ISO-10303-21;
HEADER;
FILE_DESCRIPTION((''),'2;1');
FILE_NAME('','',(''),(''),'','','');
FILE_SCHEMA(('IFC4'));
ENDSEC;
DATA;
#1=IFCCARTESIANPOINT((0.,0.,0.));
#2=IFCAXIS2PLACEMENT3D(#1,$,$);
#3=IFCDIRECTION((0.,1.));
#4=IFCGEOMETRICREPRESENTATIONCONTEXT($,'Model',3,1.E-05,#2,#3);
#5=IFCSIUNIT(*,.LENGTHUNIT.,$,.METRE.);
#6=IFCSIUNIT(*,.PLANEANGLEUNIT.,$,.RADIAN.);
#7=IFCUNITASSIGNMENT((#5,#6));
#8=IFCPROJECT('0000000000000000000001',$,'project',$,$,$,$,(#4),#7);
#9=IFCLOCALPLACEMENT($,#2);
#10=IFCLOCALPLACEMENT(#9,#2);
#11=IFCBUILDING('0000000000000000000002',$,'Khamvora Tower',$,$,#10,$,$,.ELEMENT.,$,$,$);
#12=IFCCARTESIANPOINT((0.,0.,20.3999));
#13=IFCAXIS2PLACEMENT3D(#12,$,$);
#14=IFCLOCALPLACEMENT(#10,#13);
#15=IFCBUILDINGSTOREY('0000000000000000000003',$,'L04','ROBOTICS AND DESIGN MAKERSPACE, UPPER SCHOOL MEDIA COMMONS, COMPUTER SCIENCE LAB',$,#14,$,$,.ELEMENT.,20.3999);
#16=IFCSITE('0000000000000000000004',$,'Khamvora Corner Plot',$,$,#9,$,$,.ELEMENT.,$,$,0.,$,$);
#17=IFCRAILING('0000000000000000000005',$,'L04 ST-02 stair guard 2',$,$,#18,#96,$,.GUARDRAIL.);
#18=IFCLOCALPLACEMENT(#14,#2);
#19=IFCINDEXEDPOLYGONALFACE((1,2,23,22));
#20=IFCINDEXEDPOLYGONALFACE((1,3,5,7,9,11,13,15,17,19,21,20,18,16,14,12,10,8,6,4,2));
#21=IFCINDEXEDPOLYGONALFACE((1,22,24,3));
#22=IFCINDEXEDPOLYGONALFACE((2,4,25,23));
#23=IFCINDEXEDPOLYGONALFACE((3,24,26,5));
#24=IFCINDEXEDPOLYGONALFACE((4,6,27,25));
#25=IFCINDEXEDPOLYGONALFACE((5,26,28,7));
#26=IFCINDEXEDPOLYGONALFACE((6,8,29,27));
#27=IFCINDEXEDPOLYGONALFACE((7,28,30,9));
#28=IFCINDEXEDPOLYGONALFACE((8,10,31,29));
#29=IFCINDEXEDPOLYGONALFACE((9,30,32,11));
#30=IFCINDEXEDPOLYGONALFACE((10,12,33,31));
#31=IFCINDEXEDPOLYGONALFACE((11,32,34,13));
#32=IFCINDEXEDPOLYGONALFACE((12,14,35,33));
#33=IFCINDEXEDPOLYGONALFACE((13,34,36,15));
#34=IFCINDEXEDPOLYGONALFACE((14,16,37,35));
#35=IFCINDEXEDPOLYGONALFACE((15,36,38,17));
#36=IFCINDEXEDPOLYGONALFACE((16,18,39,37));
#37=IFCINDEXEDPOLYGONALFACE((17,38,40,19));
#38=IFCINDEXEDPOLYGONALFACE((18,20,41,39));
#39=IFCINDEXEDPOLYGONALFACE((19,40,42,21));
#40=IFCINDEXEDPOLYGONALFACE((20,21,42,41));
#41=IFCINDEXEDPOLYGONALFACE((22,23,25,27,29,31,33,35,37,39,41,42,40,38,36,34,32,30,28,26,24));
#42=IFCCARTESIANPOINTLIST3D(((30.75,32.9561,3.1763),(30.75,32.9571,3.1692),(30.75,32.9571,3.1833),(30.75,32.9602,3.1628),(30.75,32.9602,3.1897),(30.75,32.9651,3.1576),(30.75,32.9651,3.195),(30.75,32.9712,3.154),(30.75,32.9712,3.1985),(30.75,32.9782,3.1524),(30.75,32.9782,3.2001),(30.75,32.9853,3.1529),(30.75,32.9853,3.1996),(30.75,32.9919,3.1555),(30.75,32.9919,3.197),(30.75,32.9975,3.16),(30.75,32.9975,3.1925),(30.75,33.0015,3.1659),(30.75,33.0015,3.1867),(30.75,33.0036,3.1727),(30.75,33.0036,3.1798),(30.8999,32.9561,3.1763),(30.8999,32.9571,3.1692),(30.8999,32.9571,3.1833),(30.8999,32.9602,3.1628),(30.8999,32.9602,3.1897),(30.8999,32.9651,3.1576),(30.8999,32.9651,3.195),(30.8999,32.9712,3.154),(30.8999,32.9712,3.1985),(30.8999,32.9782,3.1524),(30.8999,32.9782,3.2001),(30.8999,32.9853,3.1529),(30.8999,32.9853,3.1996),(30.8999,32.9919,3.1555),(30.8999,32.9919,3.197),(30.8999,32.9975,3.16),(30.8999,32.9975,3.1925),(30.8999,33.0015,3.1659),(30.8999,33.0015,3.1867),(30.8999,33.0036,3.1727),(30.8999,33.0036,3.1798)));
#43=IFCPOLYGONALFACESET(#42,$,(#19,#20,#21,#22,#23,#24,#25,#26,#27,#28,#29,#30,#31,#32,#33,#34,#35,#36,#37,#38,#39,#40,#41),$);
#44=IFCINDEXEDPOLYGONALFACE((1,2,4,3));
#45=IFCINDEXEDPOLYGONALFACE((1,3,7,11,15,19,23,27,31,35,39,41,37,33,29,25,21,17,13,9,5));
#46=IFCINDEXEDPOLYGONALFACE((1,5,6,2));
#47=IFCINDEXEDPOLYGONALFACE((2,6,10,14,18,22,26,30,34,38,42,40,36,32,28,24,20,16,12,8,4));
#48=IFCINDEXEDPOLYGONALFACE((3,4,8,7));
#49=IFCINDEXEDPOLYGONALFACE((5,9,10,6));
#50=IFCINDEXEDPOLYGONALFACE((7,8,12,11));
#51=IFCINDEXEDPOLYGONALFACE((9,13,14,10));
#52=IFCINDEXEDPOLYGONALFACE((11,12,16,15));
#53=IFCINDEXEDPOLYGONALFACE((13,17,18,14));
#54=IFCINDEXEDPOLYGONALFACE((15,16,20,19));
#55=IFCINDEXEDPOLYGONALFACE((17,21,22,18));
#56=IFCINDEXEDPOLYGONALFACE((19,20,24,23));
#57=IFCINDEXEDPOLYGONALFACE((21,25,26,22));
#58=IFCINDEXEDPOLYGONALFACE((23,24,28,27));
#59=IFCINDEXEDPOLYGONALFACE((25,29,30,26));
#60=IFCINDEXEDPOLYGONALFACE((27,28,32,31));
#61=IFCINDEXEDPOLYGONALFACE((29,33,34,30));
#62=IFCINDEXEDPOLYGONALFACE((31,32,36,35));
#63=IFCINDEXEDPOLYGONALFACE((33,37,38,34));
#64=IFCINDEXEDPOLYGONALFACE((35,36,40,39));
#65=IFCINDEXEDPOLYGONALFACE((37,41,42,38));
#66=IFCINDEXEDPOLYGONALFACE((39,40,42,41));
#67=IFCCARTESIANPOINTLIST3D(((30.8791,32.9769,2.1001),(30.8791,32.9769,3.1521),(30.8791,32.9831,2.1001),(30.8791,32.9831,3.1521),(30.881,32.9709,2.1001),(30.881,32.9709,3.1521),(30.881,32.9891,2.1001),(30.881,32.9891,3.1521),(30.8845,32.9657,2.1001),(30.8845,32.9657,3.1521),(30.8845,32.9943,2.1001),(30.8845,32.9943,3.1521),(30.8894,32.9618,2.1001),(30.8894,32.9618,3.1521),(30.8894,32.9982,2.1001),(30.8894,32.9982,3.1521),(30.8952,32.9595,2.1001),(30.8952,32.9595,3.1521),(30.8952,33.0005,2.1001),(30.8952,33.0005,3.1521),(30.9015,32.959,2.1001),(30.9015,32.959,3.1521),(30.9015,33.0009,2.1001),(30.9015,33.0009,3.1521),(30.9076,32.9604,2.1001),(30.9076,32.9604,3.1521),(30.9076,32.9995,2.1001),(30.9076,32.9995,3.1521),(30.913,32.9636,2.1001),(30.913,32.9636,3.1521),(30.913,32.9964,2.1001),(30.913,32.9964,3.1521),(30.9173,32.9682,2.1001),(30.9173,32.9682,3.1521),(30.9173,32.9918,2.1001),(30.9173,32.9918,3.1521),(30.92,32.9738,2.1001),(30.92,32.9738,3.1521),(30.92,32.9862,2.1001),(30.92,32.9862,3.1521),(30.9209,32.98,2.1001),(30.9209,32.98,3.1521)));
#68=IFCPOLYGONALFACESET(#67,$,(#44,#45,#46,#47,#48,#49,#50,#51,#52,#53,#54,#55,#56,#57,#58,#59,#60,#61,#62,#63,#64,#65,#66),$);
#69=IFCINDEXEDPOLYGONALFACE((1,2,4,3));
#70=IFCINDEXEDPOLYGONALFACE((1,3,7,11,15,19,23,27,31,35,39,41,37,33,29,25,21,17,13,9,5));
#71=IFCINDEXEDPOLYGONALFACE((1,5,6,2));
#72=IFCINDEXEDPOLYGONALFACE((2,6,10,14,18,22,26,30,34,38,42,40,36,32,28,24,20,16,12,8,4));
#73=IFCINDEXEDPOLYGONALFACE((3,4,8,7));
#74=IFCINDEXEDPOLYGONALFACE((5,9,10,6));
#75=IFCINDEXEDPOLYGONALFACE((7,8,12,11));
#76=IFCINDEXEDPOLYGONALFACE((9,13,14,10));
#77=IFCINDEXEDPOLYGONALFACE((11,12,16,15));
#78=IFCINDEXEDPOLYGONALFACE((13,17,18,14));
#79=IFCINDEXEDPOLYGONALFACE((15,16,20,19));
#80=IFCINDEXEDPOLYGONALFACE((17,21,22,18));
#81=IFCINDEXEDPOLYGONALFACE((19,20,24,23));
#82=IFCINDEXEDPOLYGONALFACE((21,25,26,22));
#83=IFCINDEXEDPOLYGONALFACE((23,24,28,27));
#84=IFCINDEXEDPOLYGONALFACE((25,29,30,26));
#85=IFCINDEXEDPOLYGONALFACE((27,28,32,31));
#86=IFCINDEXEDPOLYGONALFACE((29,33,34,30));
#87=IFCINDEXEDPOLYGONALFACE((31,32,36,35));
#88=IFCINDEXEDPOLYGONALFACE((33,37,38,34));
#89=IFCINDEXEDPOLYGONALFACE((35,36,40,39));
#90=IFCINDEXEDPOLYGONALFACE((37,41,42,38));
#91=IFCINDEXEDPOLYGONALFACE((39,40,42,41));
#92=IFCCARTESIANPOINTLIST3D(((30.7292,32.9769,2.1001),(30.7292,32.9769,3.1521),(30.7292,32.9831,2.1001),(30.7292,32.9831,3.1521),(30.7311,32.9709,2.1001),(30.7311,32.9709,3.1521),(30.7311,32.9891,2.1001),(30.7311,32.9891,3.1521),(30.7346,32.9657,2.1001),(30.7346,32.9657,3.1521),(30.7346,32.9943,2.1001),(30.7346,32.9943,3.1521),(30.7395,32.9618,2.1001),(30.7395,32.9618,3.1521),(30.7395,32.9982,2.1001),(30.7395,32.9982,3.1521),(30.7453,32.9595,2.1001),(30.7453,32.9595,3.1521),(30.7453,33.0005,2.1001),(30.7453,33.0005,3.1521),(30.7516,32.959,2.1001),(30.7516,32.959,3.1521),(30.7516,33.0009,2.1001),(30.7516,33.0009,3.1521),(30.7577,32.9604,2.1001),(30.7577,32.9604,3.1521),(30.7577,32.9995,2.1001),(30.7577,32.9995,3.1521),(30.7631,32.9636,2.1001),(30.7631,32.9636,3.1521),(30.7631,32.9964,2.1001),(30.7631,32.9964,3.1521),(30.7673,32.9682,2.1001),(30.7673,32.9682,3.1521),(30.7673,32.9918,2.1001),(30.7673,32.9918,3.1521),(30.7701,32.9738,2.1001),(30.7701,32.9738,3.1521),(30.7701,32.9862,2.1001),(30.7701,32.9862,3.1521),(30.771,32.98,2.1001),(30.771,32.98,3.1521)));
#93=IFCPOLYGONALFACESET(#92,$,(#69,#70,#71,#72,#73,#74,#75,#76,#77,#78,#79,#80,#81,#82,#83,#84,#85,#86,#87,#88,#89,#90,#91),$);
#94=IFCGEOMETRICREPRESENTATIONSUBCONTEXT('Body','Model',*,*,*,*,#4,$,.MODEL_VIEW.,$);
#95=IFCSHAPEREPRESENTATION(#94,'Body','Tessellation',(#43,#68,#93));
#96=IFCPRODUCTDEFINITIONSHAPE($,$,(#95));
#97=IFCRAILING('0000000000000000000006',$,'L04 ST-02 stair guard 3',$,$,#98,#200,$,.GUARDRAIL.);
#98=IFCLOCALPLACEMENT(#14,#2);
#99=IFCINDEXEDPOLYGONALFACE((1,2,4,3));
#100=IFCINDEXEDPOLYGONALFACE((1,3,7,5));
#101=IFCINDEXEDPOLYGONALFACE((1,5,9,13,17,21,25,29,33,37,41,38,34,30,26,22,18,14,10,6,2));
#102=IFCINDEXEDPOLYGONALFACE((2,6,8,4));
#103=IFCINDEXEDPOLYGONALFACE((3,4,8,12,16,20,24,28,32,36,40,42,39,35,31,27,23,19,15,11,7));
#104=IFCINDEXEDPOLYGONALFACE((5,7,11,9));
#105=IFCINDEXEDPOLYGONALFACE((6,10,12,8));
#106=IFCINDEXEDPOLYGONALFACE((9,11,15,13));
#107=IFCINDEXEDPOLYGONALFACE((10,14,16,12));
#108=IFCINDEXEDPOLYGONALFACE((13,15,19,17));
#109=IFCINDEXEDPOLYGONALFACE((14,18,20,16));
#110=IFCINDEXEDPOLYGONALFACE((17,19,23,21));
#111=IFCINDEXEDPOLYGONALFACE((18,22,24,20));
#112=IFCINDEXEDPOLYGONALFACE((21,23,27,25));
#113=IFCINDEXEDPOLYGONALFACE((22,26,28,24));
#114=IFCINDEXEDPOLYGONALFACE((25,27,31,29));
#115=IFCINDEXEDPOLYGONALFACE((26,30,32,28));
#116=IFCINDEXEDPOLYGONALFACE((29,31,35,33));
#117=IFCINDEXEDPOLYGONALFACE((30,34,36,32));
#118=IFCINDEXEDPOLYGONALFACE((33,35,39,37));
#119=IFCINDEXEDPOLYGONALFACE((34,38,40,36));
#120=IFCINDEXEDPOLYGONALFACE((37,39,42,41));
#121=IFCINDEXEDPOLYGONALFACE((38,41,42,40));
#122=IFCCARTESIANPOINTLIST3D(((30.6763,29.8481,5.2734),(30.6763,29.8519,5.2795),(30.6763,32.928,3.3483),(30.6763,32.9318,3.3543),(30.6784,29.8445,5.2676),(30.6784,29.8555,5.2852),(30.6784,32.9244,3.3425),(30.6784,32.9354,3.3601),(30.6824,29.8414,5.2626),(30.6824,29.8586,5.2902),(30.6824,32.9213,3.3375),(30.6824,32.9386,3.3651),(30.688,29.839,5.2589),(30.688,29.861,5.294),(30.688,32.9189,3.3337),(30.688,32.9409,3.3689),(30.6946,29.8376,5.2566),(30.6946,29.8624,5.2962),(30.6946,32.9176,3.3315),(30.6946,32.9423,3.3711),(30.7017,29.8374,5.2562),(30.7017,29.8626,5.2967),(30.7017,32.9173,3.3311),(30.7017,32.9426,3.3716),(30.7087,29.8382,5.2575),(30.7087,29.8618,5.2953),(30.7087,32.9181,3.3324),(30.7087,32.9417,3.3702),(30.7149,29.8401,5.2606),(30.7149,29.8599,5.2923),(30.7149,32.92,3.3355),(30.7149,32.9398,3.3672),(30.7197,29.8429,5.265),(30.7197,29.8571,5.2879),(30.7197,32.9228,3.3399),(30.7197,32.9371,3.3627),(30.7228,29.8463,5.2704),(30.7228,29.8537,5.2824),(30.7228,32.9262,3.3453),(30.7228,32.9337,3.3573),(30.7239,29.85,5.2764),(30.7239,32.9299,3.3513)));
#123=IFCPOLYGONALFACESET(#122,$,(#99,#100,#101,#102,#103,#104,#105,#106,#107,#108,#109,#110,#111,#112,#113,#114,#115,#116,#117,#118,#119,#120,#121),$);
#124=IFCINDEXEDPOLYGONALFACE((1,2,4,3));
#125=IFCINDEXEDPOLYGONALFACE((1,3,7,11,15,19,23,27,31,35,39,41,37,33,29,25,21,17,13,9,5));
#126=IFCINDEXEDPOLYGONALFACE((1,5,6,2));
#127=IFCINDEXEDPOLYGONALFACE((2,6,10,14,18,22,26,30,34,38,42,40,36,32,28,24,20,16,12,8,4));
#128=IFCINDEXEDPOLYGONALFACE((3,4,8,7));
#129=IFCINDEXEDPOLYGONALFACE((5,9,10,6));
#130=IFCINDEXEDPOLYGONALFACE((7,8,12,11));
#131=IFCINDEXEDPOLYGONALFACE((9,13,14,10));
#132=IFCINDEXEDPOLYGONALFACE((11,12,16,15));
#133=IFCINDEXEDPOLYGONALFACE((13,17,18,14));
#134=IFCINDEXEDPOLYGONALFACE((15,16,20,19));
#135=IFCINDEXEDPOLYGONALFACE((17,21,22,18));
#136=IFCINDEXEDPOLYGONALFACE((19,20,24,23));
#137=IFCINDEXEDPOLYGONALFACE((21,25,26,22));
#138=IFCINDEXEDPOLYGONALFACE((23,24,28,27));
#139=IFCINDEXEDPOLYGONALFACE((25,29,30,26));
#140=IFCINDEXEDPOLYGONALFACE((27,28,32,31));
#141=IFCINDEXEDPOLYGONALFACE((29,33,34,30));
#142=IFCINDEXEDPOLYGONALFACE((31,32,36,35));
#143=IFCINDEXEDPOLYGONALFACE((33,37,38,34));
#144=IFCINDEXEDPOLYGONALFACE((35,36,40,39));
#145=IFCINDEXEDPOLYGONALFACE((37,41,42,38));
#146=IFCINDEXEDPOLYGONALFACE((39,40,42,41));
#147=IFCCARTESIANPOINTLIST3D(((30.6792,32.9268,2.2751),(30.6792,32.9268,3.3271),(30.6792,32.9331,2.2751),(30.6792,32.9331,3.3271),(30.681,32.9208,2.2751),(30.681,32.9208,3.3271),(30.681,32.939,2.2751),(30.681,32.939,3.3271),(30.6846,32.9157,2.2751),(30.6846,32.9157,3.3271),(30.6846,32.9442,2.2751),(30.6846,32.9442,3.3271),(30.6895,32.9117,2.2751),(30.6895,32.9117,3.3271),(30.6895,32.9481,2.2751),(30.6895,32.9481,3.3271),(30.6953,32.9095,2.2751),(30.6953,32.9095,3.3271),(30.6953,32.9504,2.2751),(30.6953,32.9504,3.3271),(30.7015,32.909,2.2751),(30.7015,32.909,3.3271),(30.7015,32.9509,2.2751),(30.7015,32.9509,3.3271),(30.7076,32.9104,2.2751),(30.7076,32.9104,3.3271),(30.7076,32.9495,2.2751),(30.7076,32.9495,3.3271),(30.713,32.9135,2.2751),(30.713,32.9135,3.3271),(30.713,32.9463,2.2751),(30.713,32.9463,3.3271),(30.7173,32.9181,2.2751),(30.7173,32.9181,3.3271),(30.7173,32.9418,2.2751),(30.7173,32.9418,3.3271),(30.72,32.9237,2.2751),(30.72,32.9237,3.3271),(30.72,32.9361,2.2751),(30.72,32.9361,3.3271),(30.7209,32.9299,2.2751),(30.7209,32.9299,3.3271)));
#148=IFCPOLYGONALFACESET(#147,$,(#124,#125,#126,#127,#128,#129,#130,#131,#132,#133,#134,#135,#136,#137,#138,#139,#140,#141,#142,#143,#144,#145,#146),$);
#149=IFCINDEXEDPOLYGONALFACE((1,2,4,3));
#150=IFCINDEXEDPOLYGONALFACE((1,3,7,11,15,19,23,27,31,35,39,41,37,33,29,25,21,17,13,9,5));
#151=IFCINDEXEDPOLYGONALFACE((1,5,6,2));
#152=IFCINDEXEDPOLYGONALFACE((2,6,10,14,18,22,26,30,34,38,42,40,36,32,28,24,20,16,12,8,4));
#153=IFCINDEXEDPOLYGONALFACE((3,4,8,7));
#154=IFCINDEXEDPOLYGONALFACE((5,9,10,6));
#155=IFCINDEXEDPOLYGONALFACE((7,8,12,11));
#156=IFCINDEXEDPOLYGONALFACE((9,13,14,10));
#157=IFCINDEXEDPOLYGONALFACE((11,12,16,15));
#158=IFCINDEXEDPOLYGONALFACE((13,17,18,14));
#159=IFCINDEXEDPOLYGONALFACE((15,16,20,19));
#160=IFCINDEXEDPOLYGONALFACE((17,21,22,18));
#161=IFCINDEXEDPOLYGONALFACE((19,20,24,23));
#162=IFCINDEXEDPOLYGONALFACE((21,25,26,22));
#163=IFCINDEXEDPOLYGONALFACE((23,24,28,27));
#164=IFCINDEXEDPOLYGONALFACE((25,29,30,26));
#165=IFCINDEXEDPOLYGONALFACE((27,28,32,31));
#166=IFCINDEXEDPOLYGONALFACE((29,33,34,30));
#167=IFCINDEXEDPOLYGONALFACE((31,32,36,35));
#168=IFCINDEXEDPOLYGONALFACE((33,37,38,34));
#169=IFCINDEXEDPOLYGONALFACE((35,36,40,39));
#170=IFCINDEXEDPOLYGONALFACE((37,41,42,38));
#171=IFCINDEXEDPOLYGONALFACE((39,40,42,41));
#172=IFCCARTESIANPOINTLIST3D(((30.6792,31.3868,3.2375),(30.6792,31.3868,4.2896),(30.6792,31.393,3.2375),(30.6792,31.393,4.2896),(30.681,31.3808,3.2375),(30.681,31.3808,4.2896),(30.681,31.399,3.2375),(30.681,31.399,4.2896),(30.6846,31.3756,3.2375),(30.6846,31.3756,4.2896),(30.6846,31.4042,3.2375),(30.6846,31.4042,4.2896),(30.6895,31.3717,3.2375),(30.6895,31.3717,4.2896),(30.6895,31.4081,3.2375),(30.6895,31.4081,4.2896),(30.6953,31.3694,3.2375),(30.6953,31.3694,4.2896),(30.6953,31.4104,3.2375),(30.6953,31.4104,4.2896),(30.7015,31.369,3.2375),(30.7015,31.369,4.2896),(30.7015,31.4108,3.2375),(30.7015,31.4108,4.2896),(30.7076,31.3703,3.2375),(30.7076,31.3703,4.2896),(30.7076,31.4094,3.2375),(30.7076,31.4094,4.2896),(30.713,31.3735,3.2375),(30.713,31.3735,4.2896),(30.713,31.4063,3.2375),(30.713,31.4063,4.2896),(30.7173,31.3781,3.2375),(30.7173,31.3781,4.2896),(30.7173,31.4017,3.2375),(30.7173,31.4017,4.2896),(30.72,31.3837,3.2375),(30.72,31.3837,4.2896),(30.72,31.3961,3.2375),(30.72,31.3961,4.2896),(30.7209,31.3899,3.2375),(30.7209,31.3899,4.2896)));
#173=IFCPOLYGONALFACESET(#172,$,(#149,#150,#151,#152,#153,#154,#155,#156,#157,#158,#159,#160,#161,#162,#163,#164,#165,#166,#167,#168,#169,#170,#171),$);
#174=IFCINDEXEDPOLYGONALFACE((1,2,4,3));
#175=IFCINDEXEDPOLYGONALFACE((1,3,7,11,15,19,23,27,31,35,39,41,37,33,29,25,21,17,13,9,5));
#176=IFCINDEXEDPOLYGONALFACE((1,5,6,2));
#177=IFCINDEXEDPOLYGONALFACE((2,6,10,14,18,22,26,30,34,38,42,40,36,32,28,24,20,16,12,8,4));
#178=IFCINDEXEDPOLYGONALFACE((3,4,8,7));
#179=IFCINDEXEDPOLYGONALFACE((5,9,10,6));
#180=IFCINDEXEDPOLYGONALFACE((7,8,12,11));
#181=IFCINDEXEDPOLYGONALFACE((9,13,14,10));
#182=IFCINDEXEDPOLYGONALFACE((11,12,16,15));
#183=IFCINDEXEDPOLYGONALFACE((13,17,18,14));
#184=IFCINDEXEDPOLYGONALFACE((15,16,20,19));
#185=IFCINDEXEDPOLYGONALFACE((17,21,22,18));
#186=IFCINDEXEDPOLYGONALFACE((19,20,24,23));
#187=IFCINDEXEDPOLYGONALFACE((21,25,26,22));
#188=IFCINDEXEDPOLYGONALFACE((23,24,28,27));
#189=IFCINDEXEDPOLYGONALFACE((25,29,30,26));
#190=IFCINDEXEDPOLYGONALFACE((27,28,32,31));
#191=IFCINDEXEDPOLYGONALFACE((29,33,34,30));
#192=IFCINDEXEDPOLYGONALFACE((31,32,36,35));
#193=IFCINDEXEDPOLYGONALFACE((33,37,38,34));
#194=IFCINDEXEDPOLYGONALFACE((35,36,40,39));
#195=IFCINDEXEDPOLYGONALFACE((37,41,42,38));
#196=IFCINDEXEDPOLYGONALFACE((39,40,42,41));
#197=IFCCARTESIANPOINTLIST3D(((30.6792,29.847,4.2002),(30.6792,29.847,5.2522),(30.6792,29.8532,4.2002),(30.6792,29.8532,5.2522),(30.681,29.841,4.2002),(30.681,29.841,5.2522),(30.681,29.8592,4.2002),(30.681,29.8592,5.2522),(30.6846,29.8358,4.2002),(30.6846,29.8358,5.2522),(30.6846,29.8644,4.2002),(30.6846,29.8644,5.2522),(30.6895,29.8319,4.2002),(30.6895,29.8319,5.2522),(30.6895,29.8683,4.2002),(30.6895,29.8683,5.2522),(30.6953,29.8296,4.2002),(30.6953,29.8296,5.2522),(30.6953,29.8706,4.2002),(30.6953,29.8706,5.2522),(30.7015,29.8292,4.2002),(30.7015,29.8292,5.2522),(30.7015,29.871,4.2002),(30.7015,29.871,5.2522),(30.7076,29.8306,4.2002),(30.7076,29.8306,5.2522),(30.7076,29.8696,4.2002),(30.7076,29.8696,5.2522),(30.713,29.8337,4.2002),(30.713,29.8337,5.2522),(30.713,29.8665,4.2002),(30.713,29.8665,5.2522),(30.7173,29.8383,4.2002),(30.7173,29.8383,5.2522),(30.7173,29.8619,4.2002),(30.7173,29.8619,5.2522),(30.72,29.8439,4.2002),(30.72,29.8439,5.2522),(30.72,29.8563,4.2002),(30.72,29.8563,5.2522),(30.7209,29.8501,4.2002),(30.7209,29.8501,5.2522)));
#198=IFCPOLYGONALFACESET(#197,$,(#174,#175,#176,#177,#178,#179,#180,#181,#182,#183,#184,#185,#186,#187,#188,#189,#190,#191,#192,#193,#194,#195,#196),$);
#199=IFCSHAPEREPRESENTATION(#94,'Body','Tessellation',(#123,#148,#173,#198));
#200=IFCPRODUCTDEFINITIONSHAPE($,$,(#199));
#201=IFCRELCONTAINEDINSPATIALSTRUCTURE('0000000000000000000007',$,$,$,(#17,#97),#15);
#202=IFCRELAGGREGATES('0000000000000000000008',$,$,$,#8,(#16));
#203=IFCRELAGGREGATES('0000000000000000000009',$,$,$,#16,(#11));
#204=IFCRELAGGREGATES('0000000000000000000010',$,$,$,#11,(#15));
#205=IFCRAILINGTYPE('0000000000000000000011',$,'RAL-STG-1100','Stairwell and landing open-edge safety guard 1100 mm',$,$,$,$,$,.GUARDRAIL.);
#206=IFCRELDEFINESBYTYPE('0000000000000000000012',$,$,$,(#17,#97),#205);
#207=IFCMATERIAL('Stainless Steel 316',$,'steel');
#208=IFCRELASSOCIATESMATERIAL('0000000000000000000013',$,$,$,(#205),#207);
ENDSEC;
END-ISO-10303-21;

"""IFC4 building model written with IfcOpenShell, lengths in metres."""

from ifc_helpers import new_model, si_unit, direction, frame, origin, origin_2d, place, context, subcontext, project, spatial, circle, extrude, material, type_object, element, save


model = new_model("IFC4")

# Units and contexts
model_context = context("Model", 3, precision=1e-05, world=origin(), true_north=direction((0.0, 1.0)))
body_context = subcontext(model_context, "Body", "Model", "MODEL_VIEW")
ifc_project = project(units=[si_unit("LENGTHUNIT", "METRE"), si_unit("PLANEANGLEUNIT", "RADIAN")], contexts=[model_context])

# Site, building, storey
site_placement = place(None, origin())
site = spatial("IfcSite", under=ifc_project, at=site_placement, Name="Khamvora Corner Plot", CompositionType="ELEMENT", RefElevation=0.0)
building_placement = place(site_placement, origin())
building = spatial("IfcBuilding", under=site, at=building_placement, Name="Khamvora Tower", CompositionType="ELEMENT")
storey_placement = place(building_placement, frame((0.0, 0.0, 20.3999)))
storey = spatial("IfcBuildingStorey", under=building, at=storey_placement, Name="L04", Description="ROBOTICS AND DESIGN MAKERSPACE, UPPER SCHOOL MEDIA COMMONS, COMPUTER SCIENCE LAB", CompositionType="ELEMENT", Elevation=20.3999)

# Railings
ifc_material_1 = material(Name="Stainless Steel 316", Category="steel")
railing_type_1 = type_object("IfcRailingType", Name="RAL-STG-1100", Description="Stairwell and landing open-edge safety guard 1100 mm", PredefinedType="GUARDRAIL", material=ifc_material_1)
railing_1_placement = place(storey_placement, frame((30.8999, 32.98, 2.1001)))
element("IfcRailing", 1, at=railing_1_placement, inside=storey, type_object=railing_type_1, Name="L04 ST-02 stair guard 2", PredefinedType="GUARDRAIL", context=body_context, shape_type="SweptSolid", body=[
    extrude(circle(Radius=0.0239, at=origin_2d()), frame((0.0, 0.0, 1.0762), z_axis=(-1.0, 0.0, 0.0), x_axis=(0.0, -1.0, 0.0)), (0.0, 0.0, 1.0), 0.1499),
    extrude(circle(Radius=0.021, at=origin_2d()), origin(), (0.0, 0.0, 1.0), 1.052),
    extrude(circle(Radius=0.021, at=origin_2d()), frame((-0.1499, 0.0, 0.0)), (0.0, 0.0, 1.0), 1.052),
])
railing_2_placement = place(storey_placement, frame((30.7, 32.9299, 2.2751)))
element("IfcRailing", 2, at=railing_2_placement, inside=storey, type_object=railing_type_1, Name="L04 ST-02 stair guard 3", PredefinedType="GUARDRAIL", context=body_context, shape_type="SweptSolid", body=[
    extrude(circle(Radius=0.0239, at=origin_2d()), frame((0.0, 0.0, 1.0762), z_axis=(0.0, -0.847979, 0.530029), x_axis=(1.0, 0.0, 0.0)), (0.0, 0.0, 1.0), 3.6321),
    extrude(circle(Radius=0.021, at=origin_2d()), origin(), (0.0, 0.0, 1.0), 1.052),
    extrude(circle(Radius=0.021, at=origin_2d()), frame((0.0, -1.54, 0.9624)), (0.0, 0.0, 1.0), 1.052),
    extrude(circle(Radius=0.021, at=origin_2d()), frame((0.0, -3.0798, 1.925)), (0.0, 0.0, 1.0), 1.052),
])

save(model, "model.ifc")
